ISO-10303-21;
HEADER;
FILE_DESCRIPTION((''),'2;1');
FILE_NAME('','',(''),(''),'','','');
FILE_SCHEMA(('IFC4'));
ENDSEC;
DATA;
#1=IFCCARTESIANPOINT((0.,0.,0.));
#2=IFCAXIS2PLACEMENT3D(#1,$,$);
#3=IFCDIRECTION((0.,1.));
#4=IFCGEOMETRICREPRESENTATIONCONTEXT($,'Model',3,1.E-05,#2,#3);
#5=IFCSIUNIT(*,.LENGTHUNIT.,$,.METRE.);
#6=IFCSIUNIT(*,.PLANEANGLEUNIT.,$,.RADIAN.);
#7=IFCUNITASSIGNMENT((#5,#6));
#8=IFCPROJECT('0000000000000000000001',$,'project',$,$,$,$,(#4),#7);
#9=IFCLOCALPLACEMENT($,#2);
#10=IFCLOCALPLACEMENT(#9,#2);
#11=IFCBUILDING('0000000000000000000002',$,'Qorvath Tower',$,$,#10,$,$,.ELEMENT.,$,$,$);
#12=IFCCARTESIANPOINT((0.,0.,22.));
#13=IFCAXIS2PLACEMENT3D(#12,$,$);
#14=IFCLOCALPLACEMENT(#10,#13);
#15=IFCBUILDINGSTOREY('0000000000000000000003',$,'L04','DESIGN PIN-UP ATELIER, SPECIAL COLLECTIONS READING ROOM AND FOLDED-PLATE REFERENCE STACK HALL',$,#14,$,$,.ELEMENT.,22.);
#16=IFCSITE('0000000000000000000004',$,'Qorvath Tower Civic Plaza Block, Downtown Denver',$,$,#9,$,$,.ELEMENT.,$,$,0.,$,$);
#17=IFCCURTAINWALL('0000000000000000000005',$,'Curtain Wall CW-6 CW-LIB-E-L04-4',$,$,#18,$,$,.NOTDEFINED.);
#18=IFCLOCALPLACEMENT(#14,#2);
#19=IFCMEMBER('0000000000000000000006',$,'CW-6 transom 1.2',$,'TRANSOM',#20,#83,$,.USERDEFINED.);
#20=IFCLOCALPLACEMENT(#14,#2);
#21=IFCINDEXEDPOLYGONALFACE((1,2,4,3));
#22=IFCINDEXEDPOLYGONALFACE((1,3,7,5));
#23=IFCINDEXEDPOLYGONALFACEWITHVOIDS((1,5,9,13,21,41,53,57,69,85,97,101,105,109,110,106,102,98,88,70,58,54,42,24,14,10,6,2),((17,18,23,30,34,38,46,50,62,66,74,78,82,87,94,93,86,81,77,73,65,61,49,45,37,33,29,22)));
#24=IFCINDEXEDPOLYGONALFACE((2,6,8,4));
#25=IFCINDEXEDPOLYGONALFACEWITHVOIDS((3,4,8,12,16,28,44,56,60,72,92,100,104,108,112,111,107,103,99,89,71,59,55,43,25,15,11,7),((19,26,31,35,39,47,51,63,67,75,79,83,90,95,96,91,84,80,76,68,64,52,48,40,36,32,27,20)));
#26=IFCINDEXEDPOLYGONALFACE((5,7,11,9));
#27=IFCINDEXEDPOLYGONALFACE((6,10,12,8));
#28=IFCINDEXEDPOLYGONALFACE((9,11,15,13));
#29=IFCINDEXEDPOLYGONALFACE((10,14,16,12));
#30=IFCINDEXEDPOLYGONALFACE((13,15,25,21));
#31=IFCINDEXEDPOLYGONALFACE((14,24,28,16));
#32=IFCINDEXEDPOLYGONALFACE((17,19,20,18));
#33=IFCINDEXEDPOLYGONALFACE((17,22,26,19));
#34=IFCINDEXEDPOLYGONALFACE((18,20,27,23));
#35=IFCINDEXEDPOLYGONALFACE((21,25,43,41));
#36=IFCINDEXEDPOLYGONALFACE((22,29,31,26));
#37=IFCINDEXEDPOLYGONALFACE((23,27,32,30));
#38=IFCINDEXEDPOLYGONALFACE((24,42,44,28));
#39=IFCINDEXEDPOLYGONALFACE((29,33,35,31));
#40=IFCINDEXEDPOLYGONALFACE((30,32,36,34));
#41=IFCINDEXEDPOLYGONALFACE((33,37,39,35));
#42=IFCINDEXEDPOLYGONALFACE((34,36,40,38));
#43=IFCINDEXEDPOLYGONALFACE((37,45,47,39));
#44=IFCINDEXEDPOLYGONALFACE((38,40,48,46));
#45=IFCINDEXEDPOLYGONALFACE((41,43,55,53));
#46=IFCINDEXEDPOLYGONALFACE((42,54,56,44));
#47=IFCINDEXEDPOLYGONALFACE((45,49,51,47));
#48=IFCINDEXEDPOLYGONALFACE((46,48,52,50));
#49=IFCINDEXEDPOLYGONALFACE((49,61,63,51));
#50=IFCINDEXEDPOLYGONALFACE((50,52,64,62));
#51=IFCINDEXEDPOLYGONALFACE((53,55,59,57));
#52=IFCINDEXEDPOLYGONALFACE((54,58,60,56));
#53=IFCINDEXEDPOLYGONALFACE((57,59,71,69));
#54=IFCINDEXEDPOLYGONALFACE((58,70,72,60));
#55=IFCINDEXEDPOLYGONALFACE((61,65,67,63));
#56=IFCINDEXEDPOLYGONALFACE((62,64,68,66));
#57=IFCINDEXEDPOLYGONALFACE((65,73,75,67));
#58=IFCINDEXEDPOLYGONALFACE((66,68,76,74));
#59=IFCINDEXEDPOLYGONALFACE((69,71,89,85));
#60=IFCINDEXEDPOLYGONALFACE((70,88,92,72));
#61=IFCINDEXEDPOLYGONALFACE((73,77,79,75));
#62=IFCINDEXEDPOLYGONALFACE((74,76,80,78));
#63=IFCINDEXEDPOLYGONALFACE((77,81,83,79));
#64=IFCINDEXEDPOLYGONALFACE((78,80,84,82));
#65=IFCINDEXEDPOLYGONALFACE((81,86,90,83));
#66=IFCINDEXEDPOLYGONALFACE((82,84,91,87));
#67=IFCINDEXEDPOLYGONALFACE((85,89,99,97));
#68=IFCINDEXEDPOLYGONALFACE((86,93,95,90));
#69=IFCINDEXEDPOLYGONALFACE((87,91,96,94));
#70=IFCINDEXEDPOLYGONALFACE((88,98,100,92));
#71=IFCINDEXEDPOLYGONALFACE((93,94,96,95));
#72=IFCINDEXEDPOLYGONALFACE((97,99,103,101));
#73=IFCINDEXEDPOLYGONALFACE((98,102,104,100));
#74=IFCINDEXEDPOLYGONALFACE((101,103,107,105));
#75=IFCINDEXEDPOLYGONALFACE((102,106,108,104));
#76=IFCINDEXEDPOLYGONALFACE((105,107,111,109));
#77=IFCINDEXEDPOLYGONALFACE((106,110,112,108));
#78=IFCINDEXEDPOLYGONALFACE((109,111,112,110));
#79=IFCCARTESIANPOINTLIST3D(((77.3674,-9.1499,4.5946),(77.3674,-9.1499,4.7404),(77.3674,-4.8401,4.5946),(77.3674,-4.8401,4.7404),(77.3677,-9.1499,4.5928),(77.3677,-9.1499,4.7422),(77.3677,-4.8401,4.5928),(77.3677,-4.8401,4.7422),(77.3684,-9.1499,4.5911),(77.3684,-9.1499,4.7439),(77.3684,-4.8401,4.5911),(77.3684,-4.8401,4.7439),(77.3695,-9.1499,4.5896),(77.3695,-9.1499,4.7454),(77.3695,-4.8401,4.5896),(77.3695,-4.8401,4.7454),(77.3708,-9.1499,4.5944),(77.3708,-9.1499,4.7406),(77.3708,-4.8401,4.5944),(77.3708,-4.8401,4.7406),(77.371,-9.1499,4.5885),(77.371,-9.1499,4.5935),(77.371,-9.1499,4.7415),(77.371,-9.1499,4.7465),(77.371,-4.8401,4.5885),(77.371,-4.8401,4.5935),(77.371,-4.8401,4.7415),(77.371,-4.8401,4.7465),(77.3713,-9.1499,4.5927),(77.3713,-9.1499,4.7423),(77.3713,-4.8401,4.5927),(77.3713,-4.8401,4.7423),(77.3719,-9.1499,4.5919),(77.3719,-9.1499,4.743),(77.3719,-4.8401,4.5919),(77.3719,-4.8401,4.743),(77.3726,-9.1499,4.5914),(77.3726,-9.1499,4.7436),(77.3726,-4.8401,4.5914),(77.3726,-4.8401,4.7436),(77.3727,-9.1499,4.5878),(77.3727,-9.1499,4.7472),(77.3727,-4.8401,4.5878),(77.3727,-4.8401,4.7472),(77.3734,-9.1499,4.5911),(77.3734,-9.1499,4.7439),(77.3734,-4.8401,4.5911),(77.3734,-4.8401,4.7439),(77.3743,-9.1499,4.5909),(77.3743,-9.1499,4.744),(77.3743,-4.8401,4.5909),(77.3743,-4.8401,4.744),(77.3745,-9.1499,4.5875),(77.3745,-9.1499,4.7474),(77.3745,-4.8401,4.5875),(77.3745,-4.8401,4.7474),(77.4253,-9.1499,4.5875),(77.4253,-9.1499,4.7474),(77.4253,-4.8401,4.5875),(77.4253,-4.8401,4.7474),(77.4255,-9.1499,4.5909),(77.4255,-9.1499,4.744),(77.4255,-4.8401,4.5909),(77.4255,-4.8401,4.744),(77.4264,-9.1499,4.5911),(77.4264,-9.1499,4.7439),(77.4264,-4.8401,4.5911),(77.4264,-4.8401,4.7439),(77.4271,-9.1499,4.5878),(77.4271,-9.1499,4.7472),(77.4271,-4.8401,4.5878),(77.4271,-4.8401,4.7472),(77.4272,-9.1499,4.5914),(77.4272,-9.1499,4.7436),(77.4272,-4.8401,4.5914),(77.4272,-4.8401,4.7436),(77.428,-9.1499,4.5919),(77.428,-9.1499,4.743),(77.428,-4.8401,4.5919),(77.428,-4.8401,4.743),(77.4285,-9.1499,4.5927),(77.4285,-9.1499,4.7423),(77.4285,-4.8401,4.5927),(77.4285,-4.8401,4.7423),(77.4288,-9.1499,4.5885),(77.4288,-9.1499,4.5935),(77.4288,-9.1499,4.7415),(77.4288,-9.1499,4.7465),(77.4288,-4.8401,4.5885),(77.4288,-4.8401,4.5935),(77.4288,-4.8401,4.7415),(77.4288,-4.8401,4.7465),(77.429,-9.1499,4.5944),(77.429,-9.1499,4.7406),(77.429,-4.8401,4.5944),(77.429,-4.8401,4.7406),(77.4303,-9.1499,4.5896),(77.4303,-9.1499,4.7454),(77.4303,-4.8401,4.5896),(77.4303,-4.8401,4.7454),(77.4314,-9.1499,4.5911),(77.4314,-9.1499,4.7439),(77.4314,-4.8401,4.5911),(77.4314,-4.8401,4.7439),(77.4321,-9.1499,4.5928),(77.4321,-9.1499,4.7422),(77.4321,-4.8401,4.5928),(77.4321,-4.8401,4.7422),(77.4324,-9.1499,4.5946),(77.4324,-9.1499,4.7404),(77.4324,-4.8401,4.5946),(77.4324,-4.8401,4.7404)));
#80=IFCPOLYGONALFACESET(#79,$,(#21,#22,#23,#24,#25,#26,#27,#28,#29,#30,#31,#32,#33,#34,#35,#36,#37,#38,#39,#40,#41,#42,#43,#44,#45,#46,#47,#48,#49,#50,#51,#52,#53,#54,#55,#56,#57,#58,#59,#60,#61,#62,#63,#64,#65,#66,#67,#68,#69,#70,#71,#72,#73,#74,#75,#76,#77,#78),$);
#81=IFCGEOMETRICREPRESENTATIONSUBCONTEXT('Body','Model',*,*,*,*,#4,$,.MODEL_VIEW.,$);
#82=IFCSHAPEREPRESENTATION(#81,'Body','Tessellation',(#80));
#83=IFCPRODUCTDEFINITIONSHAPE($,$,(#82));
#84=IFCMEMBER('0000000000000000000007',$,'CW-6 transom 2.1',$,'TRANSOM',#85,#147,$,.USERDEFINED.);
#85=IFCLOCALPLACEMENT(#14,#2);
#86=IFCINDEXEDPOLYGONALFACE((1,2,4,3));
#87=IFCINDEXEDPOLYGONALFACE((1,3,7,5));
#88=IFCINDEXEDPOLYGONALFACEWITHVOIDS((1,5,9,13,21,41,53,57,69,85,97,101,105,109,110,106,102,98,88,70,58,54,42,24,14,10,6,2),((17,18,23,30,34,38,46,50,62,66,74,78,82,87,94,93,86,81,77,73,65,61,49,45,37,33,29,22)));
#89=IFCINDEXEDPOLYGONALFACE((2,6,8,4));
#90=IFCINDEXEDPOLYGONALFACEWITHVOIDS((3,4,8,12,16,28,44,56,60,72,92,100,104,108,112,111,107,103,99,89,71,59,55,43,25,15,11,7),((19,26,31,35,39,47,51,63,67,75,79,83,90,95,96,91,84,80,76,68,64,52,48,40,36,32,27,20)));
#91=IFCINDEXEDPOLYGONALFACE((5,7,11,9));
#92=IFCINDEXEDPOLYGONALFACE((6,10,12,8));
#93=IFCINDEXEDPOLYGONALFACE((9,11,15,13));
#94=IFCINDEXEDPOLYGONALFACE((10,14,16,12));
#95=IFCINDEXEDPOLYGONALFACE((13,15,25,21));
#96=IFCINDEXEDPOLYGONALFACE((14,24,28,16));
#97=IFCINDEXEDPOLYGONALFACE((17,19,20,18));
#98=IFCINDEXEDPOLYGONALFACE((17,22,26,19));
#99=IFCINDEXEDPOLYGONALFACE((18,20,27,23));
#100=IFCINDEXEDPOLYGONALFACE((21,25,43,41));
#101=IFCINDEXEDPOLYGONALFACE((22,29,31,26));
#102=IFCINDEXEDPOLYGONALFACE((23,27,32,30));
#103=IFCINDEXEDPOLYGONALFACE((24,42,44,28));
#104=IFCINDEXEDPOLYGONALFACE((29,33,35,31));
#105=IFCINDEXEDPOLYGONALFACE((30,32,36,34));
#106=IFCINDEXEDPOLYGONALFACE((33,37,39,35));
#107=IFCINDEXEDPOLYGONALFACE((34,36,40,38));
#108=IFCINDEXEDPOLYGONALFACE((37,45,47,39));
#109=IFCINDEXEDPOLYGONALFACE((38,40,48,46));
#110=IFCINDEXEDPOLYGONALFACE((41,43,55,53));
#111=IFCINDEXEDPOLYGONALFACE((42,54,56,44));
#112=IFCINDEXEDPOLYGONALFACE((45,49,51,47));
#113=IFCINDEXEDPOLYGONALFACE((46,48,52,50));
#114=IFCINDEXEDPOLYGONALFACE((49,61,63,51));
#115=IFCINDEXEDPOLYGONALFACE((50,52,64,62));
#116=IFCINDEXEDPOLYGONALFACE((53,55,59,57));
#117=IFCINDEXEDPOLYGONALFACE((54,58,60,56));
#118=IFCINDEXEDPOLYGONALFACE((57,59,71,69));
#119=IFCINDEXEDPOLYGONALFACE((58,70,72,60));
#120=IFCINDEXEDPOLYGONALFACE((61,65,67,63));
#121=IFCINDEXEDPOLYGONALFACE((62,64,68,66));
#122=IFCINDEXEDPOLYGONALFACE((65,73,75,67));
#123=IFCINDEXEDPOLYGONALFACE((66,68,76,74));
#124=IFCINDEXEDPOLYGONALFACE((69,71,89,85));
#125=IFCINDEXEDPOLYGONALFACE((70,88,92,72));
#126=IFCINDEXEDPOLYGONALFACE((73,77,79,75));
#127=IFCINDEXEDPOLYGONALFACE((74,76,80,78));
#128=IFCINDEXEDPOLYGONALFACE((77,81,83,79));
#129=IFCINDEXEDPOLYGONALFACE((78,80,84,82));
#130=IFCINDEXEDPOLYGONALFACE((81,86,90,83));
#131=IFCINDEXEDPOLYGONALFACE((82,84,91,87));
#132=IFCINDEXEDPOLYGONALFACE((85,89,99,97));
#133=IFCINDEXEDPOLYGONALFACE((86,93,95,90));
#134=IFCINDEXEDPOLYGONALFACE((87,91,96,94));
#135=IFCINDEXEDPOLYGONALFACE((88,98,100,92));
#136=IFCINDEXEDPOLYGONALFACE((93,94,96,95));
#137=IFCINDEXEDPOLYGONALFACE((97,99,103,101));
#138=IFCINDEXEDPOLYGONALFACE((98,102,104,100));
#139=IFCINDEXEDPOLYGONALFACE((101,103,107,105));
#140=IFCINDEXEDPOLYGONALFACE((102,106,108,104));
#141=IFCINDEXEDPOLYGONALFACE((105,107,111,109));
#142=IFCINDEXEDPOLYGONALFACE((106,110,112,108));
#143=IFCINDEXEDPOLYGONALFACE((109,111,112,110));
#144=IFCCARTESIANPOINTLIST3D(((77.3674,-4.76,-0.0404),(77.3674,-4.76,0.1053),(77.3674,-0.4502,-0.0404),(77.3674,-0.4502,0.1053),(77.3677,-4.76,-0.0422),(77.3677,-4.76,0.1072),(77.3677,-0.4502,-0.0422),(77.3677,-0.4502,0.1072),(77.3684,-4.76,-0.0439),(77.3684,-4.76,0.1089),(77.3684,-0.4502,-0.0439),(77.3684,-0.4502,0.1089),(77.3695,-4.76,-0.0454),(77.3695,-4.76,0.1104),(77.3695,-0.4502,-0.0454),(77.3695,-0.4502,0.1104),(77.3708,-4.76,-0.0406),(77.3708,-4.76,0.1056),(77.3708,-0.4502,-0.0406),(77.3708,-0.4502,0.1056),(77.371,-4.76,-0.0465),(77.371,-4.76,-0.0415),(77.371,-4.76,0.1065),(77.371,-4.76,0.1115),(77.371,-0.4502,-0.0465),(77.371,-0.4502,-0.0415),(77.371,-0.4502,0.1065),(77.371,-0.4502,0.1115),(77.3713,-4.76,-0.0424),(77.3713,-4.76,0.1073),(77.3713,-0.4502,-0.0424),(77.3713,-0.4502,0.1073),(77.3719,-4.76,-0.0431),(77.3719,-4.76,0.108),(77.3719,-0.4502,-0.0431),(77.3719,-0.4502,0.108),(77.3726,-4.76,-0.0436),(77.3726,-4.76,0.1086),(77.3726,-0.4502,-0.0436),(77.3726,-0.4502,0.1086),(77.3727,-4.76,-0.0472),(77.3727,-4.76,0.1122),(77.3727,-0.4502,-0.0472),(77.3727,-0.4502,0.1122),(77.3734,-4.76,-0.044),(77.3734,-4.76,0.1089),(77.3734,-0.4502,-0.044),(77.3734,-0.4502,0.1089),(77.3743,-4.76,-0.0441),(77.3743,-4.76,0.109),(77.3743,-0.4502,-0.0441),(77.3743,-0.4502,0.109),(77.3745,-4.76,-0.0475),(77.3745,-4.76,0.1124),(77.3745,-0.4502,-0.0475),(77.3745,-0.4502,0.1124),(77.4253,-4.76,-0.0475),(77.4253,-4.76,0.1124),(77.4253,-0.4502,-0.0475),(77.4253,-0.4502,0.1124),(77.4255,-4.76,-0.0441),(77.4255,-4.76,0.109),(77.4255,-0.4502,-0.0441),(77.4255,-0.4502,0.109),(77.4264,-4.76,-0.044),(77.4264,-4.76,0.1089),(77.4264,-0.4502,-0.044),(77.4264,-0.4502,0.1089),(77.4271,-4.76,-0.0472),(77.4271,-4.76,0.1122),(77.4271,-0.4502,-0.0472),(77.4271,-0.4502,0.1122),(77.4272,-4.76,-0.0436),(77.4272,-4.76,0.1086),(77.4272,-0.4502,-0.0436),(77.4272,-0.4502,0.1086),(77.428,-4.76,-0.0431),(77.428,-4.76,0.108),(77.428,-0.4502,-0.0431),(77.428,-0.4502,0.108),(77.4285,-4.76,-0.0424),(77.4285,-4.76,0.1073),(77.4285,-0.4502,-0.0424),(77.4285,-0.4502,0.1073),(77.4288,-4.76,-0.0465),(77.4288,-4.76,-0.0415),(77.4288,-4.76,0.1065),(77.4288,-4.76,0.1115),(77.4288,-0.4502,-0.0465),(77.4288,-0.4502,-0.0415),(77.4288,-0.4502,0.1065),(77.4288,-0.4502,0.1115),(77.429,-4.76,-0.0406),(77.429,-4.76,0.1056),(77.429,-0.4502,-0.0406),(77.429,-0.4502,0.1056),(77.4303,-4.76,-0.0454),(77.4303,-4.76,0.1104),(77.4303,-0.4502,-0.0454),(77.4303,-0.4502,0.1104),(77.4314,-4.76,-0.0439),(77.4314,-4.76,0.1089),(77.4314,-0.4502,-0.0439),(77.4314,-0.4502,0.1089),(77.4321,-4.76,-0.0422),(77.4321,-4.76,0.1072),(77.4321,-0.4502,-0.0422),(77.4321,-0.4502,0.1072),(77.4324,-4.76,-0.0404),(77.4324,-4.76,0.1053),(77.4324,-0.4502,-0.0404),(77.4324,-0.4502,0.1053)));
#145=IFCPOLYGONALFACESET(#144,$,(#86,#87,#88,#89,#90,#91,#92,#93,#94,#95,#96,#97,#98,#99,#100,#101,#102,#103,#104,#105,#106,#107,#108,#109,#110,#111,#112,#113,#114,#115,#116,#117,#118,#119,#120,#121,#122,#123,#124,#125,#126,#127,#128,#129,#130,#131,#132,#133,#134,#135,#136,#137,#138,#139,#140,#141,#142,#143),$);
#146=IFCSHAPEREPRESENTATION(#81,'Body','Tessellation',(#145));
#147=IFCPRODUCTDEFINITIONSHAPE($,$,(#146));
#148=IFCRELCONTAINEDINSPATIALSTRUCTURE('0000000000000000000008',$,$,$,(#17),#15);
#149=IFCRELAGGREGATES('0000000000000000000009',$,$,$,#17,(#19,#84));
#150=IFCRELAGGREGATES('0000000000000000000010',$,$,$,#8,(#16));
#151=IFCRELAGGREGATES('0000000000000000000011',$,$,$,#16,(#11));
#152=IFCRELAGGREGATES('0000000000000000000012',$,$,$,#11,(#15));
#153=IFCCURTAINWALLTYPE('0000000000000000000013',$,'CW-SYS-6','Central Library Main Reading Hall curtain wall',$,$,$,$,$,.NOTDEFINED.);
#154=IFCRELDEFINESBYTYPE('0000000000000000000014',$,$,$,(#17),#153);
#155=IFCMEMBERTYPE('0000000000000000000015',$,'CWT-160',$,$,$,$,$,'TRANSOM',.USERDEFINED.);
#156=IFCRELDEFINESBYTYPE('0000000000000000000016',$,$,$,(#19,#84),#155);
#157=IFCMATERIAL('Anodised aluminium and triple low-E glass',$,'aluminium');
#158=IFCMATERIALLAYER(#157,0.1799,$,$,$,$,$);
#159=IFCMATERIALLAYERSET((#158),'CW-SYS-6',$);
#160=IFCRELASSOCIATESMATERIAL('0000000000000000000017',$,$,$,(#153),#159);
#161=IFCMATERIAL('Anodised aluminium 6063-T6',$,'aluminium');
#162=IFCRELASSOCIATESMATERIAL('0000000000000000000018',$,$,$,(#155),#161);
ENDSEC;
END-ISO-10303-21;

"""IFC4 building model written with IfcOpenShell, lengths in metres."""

from ifc_helpers import new_model, si_unit, direction, frame, origin, origin_2d, place, context, subcontext, project, spatial, hollow_rectangle, extrude, material, layer, layer_set, material_profile, profile_set, type_object, element, aggregate, save


model = new_model("IFC4")

# Units and contexts
model_context = context("Model", 3, precision=1e-05, world=origin(), true_north=direction((0.0, 1.0)))
body_context = subcontext(model_context, "Body", "Model", "MODEL_VIEW")
ifc_project = project(units=[si_unit("LENGTHUNIT", "METRE"), si_unit("PLANEANGLEUNIT", "RADIAN")], contexts=[model_context])

# Site, building, storey
site_placement = place(None, origin())
site = spatial("IfcSite", under=ifc_project, at=site_placement, Name="Qorvath Tower Civic Plaza Block, Downtown Denver", CompositionType="ELEMENT", RefElevation=0.0)
building_placement = place(site_placement, origin())
building = spatial("IfcBuilding", under=site, at=building_placement, Name="Qorvath Tower", CompositionType="ELEMENT")
storey_placement = place(building_placement, frame((0.0, 0.0, 22.0)))
storey = spatial("IfcBuildingStorey", under=building, at=storey_placement, Name="L04", Description="DESIGN PIN-UP ATELIER, SPECIAL COLLECTIONS READING ROOM AND FOLDED-PLATE REFERENCE STACK HALL", CompositionType="ELEMENT", Elevation=22.0)

# Curtain wall, members
ifc_material_1 = material(Name="Anodised aluminium and triple low-E glass", Category="aluminium")
ifc_layer_1 = layer(ifc_material_1, 0.1799)
ifc_layer_set_1 = layer_set([ifc_layer_1], Name="CW-SYS-6")
curtain_wall_type = type_object("IfcCurtainWallType", Name="CW-SYS-6", Description="Central Library Main Reading Hall curtain wall", PredefinedType="NOTDEFINED", material=ifc_layer_set_1)
curtain_wall_placement = place(storey_placement, origin())
curtain_wall = element("IfcCurtainWall", 1, at=curtain_wall_placement, inside=storey, type_object=curtain_wall_type, Name="Curtain Wall CW-6 CW-LIB-E-L04-4", PredefinedType="NOTDEFINED")
ifc_material_2 = material(Name="Anodised aluminium 6063-T6", Category="aluminium")
ifc_material_profile_1 = material_profile(ifc_material_2, hollow_rectangle(XDim=0.0649, YDim=0.1599, WallThickness=0.0034, InnerFilletRadius=0.0034, OuterFilletRadius=0.0071, at=origin_2d()), Name="CWT 160x65")
ifc_profile_set_1 = profile_set([ifc_material_profile_1], Name="Anodised aluminium 6063-T6")
member_type_1 = type_object("IfcMemberType", Name="CWT-160", ElementType="TRANSOM", PredefinedType="USERDEFINED", material=ifc_profile_set_1)
member_1_placement = place(storey_placement, frame((77.3999, -9.1499, 4.6675), z_axis=(0.0, 1.0, 0.0), x_axis=(-1.0, 0.0, 0.0)))
member_1 = element("IfcMember", 2, at=member_1_placement, type_object=member_type_1, Name="CW-6 transom 1.2", ObjectType="TRANSOM", PredefinedType="USERDEFINED", context=body_context, shape_type="SweptSolid", body=[
    extrude(hollow_rectangle(XDim=0.0649, YDim=0.1599, WallThickness=0.0034, InnerFilletRadius=0.0034, OuterFilletRadius=0.0071, at=origin_2d()), origin(), (0.0, 0.0, 1.0), 4.3098),
])
member_2_placement = place(storey_placement, frame((77.3999, -4.76, 0.0325), z_axis=(0.0, 1.0, 0.0), x_axis=(-1.0, 0.0, 0.0)))
member_2 = element("IfcMember", 3, at=member_2_placement, type_object=member_type_1, Name="CW-6 transom 2.1", ObjectType="TRANSOM", PredefinedType="USERDEFINED", context=body_context, shape_type="SweptSolid", body=[
    extrude(hollow_rectangle(XDim=0.0649, YDim=0.1599, WallThickness=0.0034, InnerFilletRadius=0.0034, OuterFilletRadius=0.0071, at=origin_2d()), origin(), (0.0, 0.0, 1.0), 4.3098),
])
aggregate(curtain_wall, [member_1, member_2])

save(model, "model.ifc")
